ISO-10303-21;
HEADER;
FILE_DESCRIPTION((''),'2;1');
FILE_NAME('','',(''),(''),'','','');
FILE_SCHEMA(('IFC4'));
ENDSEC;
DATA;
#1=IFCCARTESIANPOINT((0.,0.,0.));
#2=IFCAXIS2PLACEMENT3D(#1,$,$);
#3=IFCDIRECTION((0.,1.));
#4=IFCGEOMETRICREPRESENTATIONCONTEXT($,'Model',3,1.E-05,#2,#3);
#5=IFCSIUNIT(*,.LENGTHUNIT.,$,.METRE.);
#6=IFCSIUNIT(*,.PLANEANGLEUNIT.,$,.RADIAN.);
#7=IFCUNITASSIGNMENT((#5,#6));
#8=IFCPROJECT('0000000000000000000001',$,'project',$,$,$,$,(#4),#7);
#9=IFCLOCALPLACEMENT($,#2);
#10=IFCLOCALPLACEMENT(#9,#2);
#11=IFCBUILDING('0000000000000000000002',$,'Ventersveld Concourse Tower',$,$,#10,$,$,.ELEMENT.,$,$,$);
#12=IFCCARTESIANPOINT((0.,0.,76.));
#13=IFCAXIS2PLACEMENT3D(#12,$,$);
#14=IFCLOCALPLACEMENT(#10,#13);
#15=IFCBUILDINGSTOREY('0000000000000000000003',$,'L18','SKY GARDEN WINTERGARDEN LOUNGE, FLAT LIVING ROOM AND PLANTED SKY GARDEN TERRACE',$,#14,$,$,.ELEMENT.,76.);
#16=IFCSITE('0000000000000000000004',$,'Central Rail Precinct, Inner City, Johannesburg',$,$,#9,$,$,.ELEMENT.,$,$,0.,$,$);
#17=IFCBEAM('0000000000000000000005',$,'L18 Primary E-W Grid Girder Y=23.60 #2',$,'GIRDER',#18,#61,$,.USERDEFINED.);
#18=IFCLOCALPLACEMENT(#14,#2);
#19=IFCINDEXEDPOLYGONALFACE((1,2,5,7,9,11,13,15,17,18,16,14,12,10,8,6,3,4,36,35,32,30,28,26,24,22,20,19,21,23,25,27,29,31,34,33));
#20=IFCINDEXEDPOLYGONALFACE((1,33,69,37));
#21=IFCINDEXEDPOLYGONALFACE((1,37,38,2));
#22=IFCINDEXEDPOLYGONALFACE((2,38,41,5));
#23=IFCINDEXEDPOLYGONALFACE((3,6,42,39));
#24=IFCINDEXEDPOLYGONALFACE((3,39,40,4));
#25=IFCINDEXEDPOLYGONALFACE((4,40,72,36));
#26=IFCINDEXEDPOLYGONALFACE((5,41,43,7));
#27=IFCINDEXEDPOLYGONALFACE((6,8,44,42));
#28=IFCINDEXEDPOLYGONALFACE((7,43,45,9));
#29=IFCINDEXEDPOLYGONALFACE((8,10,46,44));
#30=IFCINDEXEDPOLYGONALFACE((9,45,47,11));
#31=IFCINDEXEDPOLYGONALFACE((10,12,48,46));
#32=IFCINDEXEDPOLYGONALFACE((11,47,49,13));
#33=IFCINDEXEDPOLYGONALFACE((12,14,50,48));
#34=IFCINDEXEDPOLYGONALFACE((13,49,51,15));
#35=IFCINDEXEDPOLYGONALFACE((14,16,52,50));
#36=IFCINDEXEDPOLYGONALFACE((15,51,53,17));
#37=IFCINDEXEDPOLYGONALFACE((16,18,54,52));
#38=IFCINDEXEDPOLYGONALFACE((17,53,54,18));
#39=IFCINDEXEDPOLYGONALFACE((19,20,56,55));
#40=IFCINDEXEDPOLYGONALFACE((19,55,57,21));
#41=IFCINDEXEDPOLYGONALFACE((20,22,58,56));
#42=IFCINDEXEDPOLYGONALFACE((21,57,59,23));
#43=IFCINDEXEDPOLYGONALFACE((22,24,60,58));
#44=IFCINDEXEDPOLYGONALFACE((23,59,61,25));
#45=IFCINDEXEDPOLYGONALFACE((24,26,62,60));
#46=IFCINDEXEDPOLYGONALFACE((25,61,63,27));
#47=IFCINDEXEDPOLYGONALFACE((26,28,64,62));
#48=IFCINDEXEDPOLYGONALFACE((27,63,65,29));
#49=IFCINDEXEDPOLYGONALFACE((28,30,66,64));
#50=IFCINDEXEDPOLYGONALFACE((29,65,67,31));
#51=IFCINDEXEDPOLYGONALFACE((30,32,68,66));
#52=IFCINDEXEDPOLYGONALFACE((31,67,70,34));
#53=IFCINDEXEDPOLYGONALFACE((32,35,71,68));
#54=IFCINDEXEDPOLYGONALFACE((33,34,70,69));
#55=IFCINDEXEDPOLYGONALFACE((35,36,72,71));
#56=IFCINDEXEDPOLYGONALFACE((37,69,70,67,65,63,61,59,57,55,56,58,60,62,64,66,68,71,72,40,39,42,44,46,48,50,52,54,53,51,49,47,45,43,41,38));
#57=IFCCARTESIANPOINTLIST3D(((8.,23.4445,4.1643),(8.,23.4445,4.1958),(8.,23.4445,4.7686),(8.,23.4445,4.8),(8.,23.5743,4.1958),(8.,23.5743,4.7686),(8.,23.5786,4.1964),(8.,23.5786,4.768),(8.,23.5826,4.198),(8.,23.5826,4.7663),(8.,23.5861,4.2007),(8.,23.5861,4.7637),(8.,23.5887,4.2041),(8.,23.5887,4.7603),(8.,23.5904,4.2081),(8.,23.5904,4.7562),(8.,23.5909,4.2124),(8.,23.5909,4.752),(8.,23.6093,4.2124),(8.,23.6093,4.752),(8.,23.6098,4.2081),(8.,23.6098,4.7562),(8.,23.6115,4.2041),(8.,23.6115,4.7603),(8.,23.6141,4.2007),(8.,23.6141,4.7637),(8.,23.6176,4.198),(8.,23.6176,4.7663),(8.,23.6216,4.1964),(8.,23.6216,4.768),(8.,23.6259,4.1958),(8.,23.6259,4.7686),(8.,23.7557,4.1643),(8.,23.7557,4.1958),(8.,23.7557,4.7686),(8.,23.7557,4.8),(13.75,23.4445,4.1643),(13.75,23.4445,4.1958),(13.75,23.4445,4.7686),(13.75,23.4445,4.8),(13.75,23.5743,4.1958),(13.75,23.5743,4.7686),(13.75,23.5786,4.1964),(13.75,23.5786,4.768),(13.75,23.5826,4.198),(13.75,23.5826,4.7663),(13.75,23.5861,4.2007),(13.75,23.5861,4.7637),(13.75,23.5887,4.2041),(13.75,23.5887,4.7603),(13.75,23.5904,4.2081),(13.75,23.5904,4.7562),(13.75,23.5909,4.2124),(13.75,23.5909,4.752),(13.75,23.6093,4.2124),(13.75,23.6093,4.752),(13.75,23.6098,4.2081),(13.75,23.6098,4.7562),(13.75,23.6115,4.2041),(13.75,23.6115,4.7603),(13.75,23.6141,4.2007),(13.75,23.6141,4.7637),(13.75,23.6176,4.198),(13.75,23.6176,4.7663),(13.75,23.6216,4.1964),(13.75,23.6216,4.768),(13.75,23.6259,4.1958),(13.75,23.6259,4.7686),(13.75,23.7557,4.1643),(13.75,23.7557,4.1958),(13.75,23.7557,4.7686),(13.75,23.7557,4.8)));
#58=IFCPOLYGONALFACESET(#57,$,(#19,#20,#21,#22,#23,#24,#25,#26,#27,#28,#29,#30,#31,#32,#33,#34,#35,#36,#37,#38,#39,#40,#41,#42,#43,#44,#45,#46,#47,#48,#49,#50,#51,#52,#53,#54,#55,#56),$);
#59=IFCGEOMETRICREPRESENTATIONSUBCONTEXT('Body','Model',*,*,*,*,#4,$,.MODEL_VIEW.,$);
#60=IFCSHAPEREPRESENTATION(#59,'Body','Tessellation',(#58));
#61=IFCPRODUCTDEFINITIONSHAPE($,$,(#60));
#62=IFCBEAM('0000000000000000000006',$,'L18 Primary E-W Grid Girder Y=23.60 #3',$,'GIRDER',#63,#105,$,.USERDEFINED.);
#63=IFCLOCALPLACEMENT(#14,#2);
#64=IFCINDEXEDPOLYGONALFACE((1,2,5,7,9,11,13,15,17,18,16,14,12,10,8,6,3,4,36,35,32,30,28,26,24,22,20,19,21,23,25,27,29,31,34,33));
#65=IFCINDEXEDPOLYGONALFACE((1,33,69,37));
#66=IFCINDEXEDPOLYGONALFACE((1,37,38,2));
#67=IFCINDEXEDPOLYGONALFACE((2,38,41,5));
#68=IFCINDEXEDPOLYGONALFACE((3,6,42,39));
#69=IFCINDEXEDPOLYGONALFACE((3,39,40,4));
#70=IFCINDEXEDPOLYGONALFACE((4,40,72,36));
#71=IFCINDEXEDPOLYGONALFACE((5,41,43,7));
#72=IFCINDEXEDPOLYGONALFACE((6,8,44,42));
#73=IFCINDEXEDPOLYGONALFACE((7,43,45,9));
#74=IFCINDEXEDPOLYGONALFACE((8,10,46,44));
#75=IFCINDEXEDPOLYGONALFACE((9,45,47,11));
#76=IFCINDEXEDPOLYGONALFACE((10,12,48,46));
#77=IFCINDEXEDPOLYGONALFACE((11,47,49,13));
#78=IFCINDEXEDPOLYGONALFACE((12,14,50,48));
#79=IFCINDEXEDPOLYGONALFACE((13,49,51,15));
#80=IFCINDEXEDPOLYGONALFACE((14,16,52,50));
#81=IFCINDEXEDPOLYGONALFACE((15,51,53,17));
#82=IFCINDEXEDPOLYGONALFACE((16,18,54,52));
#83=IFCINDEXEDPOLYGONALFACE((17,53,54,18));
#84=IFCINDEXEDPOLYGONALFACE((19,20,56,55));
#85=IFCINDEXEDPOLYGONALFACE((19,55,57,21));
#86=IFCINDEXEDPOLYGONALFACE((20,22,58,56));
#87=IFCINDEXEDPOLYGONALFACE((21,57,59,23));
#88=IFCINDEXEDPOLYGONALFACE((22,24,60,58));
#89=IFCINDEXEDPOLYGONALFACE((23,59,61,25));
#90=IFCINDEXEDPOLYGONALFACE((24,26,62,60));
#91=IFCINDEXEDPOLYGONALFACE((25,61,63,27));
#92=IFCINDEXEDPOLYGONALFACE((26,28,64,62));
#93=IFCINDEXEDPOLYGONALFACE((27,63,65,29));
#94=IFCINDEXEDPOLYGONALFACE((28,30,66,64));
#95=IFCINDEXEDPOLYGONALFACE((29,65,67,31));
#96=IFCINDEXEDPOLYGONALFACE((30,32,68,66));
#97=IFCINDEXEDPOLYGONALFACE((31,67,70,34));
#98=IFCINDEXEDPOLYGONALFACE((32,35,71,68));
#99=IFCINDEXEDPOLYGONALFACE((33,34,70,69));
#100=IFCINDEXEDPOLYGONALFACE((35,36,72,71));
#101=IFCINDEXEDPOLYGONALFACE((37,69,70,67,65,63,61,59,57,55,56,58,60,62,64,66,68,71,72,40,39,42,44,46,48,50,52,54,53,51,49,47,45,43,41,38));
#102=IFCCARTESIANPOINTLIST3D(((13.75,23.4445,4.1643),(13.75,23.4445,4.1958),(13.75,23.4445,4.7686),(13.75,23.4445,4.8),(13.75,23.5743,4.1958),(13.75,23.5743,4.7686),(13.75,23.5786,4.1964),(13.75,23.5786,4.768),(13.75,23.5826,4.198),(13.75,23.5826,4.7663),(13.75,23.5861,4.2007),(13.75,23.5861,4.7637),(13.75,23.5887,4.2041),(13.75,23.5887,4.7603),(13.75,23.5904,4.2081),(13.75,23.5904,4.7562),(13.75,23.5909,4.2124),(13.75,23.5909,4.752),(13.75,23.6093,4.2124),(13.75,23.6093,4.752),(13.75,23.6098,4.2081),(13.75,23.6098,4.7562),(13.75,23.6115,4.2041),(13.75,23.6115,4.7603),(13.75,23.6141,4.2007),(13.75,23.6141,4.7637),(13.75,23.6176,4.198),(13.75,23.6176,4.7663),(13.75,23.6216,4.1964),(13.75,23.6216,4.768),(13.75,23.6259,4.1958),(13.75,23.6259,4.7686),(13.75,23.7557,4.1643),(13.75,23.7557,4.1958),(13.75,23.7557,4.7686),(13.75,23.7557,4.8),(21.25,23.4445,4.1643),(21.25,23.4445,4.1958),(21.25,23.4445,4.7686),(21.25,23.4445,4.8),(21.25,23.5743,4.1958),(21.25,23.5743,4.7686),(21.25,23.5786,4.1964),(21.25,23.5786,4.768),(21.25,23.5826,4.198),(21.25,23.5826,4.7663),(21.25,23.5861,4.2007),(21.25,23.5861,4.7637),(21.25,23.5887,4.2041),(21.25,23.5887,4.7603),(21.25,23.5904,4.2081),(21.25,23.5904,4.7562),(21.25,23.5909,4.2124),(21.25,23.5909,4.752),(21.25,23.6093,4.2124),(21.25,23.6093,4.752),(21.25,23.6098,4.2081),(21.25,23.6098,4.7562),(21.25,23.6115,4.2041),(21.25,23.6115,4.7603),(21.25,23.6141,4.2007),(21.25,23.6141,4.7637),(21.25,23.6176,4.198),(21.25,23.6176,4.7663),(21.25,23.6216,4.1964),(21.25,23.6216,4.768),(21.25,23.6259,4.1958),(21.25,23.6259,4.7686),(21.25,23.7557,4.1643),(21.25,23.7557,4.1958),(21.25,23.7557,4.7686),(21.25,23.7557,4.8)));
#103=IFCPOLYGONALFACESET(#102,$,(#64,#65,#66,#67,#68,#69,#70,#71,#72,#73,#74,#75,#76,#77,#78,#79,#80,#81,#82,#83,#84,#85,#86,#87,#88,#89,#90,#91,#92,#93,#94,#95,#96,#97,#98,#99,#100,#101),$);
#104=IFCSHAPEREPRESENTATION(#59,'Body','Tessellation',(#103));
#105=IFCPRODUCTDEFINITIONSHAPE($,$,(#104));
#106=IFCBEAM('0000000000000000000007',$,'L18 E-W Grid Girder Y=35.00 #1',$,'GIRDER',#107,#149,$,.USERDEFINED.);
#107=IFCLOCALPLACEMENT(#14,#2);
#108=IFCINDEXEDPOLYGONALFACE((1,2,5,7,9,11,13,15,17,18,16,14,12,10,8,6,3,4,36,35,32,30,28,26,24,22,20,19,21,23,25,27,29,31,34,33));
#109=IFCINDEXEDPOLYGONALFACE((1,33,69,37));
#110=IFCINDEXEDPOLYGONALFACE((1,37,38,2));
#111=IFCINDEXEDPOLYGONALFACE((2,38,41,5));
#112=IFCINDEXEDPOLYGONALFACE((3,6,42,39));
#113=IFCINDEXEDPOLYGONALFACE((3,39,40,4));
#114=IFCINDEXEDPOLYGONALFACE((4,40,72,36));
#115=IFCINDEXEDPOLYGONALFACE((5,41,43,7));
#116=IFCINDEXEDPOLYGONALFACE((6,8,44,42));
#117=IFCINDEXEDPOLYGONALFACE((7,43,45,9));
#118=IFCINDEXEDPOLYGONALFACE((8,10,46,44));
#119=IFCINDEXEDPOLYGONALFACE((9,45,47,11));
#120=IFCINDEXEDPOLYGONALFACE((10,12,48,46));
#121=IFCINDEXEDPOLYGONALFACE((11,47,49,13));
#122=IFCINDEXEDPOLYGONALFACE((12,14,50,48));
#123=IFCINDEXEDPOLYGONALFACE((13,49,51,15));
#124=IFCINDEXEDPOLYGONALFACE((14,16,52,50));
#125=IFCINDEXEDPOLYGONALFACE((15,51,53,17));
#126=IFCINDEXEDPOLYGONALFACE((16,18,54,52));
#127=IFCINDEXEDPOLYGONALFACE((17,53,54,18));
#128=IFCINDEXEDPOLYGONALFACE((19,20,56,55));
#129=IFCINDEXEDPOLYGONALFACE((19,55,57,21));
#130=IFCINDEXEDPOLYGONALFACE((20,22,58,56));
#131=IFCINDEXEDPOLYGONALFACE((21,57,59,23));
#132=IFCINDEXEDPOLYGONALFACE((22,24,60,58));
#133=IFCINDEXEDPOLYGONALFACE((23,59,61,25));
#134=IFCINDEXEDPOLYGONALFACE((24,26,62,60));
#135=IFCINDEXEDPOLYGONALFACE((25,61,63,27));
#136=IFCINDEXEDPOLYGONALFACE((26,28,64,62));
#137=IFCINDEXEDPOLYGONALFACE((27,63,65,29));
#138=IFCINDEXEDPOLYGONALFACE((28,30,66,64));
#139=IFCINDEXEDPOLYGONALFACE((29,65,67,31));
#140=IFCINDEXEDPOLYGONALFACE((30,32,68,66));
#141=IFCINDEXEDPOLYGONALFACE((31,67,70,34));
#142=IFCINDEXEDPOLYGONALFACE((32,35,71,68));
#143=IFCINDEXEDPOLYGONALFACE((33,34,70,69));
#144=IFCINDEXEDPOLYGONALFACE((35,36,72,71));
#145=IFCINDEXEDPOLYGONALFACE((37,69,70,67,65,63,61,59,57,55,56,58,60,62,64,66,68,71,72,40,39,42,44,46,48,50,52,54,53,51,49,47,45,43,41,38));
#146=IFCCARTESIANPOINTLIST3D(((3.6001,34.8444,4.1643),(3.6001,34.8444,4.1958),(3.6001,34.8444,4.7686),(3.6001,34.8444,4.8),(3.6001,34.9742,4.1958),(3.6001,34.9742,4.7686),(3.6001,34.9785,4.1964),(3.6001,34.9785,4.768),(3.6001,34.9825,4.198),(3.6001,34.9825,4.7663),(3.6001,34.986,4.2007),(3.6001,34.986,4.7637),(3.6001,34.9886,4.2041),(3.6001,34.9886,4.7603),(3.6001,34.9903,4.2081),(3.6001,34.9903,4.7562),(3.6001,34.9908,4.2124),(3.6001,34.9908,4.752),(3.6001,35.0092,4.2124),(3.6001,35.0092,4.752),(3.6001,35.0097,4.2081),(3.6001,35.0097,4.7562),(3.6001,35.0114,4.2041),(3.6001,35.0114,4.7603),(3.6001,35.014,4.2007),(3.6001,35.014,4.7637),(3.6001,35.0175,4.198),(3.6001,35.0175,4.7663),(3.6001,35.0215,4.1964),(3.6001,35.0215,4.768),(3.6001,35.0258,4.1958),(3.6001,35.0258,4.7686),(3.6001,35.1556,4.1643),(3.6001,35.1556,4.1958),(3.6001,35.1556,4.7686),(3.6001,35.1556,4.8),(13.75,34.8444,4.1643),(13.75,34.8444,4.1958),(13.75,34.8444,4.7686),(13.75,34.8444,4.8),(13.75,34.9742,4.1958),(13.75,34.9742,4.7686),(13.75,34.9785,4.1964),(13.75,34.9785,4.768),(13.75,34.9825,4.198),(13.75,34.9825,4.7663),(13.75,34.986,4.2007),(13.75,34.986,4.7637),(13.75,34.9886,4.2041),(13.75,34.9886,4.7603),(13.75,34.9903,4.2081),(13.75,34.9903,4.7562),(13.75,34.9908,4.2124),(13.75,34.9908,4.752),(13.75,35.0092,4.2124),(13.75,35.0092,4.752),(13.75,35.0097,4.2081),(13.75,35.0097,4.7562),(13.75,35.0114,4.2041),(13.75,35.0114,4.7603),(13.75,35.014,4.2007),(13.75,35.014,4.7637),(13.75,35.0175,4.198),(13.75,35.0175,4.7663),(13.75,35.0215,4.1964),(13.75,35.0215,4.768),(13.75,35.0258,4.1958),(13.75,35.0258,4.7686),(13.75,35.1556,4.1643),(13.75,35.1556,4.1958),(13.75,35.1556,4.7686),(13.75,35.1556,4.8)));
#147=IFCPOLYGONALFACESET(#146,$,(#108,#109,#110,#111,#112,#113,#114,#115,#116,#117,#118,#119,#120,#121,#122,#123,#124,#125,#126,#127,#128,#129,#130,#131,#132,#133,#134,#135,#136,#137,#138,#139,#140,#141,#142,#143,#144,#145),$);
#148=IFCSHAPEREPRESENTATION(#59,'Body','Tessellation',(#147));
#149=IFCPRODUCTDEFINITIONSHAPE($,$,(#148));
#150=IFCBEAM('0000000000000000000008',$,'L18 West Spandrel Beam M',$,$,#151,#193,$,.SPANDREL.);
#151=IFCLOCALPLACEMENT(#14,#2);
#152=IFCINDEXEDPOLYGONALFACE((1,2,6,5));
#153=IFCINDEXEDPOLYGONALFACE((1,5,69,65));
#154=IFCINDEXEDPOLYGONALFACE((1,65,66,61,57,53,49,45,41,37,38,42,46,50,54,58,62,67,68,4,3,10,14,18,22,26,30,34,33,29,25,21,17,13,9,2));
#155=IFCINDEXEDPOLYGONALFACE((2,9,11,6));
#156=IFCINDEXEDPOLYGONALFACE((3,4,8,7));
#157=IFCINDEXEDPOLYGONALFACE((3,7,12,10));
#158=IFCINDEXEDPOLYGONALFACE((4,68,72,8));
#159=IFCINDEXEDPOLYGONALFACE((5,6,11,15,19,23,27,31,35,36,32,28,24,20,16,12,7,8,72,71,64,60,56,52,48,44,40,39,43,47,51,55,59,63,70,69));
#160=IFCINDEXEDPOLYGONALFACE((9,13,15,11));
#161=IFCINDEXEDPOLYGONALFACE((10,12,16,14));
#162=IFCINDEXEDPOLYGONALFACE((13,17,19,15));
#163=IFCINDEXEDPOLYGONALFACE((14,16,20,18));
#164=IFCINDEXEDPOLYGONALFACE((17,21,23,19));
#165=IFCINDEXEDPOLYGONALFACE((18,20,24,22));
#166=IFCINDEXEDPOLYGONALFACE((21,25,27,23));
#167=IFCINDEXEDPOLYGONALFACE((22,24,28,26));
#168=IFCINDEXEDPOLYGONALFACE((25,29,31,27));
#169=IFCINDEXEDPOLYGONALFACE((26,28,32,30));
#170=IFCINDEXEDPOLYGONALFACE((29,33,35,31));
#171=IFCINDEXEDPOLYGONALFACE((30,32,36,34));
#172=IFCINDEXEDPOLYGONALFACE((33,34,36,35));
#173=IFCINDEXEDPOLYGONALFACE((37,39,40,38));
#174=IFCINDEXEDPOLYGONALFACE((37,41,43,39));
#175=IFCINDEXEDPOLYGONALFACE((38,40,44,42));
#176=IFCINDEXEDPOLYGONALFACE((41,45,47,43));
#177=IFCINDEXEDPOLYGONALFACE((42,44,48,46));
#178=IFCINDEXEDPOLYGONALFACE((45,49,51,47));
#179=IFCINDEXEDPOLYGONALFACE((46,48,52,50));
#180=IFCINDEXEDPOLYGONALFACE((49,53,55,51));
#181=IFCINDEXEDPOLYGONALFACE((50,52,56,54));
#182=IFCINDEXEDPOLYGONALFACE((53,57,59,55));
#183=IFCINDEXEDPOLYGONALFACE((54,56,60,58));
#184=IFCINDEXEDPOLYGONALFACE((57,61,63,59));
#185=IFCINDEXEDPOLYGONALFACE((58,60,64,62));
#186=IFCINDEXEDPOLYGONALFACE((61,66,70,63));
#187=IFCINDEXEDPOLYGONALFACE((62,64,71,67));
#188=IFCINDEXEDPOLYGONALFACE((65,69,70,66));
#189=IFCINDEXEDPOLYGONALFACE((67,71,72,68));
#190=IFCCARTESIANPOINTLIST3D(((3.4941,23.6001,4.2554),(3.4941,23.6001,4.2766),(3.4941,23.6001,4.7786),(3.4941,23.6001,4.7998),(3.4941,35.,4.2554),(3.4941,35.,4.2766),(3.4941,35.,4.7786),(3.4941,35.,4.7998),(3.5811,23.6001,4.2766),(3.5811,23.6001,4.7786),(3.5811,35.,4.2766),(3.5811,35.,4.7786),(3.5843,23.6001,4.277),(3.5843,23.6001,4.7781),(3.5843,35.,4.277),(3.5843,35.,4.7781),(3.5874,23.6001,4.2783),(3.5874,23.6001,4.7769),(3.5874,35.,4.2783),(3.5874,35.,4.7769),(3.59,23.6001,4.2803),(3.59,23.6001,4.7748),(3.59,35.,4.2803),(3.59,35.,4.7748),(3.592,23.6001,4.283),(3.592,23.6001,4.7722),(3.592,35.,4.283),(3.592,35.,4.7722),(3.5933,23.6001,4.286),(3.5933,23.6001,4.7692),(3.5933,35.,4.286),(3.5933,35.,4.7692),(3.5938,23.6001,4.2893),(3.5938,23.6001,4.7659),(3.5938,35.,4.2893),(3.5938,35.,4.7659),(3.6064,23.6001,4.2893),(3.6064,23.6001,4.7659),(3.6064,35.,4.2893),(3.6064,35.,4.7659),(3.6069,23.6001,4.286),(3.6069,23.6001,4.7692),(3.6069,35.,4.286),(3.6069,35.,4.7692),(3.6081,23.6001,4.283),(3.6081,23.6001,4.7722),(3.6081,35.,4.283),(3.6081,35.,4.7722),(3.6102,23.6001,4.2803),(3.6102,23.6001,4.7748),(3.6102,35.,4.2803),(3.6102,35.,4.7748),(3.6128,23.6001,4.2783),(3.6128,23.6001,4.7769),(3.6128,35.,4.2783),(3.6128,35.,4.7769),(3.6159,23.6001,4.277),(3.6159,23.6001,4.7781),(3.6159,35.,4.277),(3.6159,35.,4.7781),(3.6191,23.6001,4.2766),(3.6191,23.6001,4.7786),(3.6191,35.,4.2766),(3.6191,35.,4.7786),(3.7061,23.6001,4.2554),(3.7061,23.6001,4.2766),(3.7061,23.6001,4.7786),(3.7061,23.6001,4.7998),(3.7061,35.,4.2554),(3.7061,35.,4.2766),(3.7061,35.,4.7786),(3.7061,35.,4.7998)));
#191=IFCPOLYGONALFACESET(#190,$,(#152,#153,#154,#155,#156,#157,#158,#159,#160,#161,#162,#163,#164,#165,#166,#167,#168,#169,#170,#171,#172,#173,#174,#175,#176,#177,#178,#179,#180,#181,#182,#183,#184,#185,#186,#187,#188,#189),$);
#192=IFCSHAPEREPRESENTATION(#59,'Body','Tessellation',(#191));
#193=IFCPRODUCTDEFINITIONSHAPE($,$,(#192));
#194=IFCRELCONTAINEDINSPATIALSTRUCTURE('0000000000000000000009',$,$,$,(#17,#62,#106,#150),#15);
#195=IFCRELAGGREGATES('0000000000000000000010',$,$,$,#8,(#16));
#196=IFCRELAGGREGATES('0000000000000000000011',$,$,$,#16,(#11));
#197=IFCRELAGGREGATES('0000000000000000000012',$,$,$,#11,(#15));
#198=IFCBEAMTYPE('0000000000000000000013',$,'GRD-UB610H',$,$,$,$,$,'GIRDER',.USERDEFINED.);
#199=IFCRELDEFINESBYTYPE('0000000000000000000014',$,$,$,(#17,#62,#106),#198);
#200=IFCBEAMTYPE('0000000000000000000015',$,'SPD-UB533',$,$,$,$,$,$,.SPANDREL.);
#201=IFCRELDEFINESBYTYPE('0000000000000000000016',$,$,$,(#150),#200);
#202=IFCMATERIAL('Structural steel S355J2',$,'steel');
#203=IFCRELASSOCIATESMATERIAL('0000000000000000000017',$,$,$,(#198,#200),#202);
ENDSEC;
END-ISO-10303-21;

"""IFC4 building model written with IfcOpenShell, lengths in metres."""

from ifc_helpers import new_model, si_unit, direction, frame, origin, origin_2d, place, context, subcontext, project, spatial, i_section, extrude, material, material_profile, profile_set, type_object, element, save


model = new_model("IFC4")

# Units and contexts
model_context = context("Model", 3, precision=1e-05, world=origin(), true_north=direction((0.0, 1.0)))
body_context = subcontext(model_context, "Body", "Model", "MODEL_VIEW")
ifc_project = project(units=[si_unit("LENGTHUNIT", "METRE"), si_unit("PLANEANGLEUNIT", "RADIAN")], contexts=[model_context])

# Site, building, storey
site_placement = place(None, origin())
site = spatial("IfcSite", under=ifc_project, at=site_placement, Name="Central Rail Precinct, Inner City, Johannesburg", CompositionType="ELEMENT", RefElevation=0.0)
building_placement = place(site_placement, origin())
building = spatial("IfcBuilding", under=site, at=building_placement, Name="Ventersveld Concourse Tower", CompositionType="ELEMENT")
storey_placement = place(building_placement, frame((0.0, 0.0, 76.0)))
storey = spatial("IfcBuildingStorey", under=building, at=storey_placement, Name="L18", Description="SKY GARDEN WINTERGARDEN LOUNGE, FLAT LIVING ROOM AND PLANTED SKY GARDEN TERRACE", CompositionType="ELEMENT", Elevation=76.0)

# Beams
ifc_material_1 = material(Name="Structural steel S355J2", Category="steel")
ifc_material_profile_1 = material_profile(ifc_material_1, i_section(OverallWidth=0.3113, OverallDepth=0.6357, WebThickness=0.0183, FlangeThickness=0.0315, FilletRadius=0.0166, at=origin_2d()), Name="UB 610x305x238")
ifc_profile_set_1 = profile_set([ifc_material_profile_1], Name="Structural steel S355J2")
beam_type_1 = type_object("IfcBeamType", Name="GRD-UB610H", ElementType="GIRDER", PredefinedType="USERDEFINED", material=ifc_profile_set_1)
beam_1_placement = place(storey_placement, frame((8.0, 23.6001, 4.4822), z_axis=(1.0, 0.0, 0.0), x_axis=(0.0, 1.0, 0.0)))
element("IfcBeam", 1, at=beam_1_placement, inside=storey, type_object=beam_type_1, Name="L18 Primary E-W Grid Girder Y=23.60 #2", ObjectType="GIRDER", PredefinedType="USERDEFINED", context=body_context, shape_type="SweptSolid", body=[
    extrude(i_section(OverallWidth=0.3113, OverallDepth=0.6357, WebThickness=0.0183, FlangeThickness=0.0315, FilletRadius=0.0166, at=origin_2d()), origin(), (0.0, 0.0, 1.0), 5.75),
])
beam_2_placement = place(storey_placement, frame((13.75, 23.6001, 4.4822), z_axis=(1.0, 0.0, 0.0), x_axis=(0.0, 1.0, 0.0)))
element("IfcBeam", 2, at=beam_2_placement, inside=storey, type_object=beam_type_1, Name="L18 Primary E-W Grid Girder Y=23.60 #3", ObjectType="GIRDER", PredefinedType="USERDEFINED", context=body_context, shape_type="SweptSolid", body=[
    extrude(i_section(OverallWidth=0.3113, OverallDepth=0.6357, WebThickness=0.0183, FlangeThickness=0.0315, FilletRadius=0.0166, at=origin_2d()), origin(), (0.0, 0.0, 1.0), 7.5),
])
beam_3_placement = place(storey_placement, frame((3.6001, 35.0, 4.4822), z_axis=(1.0, 0.0, 0.0), x_axis=(0.0, 1.0, 0.0)))
element("IfcBeam", 3, at=beam_3_placement, inside=storey, type_object=beam_type_1, Name="L18 E-W Grid Girder Y=35.00 #1", ObjectType="GIRDER", PredefinedType="USERDEFINED", context=body_context, shape_type="SweptSolid", body=[
    extrude(i_section(OverallWidth=0.3113, OverallDepth=0.6357, WebThickness=0.0183, FlangeThickness=0.0315, FilletRadius=0.0166, at=origin_2d()), origin(), (0.0, 0.0, 1.0), 10.1499),
])
ifc_material_profile_2 = material_profile(ifc_material_1, i_section(OverallWidth=0.2119, OverallDepth=0.5444, WebThickness=0.0127, FlangeThickness=0.0212, FilletRadius=0.0127, at=origin_2d()), Name="UB 533x210x122")
ifc_profile_set_2 = profile_set([ifc_material_profile_2], Name="Structural steel S355J2")
beam_type_2 = type_object("IfcBeamType", Name="SPD-UB533", PredefinedType="SPANDREL", material=ifc_profile_set_2)
beam_4_placement = place(storey_placement, frame((3.6001, 23.6001, 4.5276), z_axis=(0.0, 1.0, 0.0), x_axis=(-1.0, 0.0, 0.0)))
element("IfcBeam", 4, at=beam_4_placement, inside=storey, type_object=beam_type_2, Name="L18 West Spandrel Beam M", PredefinedType="SPANDREL", context=body_context, shape_type="SweptSolid", body=[
    extrude(i_section(OverallWidth=0.2119, OverallDepth=0.5444, WebThickness=0.0127, FlangeThickness=0.0212, FilletRadius=0.0127, at=origin_2d()), origin(), (0.0, 0.0, 1.0), 11.3999),
])

save(model, "model.ifc")
